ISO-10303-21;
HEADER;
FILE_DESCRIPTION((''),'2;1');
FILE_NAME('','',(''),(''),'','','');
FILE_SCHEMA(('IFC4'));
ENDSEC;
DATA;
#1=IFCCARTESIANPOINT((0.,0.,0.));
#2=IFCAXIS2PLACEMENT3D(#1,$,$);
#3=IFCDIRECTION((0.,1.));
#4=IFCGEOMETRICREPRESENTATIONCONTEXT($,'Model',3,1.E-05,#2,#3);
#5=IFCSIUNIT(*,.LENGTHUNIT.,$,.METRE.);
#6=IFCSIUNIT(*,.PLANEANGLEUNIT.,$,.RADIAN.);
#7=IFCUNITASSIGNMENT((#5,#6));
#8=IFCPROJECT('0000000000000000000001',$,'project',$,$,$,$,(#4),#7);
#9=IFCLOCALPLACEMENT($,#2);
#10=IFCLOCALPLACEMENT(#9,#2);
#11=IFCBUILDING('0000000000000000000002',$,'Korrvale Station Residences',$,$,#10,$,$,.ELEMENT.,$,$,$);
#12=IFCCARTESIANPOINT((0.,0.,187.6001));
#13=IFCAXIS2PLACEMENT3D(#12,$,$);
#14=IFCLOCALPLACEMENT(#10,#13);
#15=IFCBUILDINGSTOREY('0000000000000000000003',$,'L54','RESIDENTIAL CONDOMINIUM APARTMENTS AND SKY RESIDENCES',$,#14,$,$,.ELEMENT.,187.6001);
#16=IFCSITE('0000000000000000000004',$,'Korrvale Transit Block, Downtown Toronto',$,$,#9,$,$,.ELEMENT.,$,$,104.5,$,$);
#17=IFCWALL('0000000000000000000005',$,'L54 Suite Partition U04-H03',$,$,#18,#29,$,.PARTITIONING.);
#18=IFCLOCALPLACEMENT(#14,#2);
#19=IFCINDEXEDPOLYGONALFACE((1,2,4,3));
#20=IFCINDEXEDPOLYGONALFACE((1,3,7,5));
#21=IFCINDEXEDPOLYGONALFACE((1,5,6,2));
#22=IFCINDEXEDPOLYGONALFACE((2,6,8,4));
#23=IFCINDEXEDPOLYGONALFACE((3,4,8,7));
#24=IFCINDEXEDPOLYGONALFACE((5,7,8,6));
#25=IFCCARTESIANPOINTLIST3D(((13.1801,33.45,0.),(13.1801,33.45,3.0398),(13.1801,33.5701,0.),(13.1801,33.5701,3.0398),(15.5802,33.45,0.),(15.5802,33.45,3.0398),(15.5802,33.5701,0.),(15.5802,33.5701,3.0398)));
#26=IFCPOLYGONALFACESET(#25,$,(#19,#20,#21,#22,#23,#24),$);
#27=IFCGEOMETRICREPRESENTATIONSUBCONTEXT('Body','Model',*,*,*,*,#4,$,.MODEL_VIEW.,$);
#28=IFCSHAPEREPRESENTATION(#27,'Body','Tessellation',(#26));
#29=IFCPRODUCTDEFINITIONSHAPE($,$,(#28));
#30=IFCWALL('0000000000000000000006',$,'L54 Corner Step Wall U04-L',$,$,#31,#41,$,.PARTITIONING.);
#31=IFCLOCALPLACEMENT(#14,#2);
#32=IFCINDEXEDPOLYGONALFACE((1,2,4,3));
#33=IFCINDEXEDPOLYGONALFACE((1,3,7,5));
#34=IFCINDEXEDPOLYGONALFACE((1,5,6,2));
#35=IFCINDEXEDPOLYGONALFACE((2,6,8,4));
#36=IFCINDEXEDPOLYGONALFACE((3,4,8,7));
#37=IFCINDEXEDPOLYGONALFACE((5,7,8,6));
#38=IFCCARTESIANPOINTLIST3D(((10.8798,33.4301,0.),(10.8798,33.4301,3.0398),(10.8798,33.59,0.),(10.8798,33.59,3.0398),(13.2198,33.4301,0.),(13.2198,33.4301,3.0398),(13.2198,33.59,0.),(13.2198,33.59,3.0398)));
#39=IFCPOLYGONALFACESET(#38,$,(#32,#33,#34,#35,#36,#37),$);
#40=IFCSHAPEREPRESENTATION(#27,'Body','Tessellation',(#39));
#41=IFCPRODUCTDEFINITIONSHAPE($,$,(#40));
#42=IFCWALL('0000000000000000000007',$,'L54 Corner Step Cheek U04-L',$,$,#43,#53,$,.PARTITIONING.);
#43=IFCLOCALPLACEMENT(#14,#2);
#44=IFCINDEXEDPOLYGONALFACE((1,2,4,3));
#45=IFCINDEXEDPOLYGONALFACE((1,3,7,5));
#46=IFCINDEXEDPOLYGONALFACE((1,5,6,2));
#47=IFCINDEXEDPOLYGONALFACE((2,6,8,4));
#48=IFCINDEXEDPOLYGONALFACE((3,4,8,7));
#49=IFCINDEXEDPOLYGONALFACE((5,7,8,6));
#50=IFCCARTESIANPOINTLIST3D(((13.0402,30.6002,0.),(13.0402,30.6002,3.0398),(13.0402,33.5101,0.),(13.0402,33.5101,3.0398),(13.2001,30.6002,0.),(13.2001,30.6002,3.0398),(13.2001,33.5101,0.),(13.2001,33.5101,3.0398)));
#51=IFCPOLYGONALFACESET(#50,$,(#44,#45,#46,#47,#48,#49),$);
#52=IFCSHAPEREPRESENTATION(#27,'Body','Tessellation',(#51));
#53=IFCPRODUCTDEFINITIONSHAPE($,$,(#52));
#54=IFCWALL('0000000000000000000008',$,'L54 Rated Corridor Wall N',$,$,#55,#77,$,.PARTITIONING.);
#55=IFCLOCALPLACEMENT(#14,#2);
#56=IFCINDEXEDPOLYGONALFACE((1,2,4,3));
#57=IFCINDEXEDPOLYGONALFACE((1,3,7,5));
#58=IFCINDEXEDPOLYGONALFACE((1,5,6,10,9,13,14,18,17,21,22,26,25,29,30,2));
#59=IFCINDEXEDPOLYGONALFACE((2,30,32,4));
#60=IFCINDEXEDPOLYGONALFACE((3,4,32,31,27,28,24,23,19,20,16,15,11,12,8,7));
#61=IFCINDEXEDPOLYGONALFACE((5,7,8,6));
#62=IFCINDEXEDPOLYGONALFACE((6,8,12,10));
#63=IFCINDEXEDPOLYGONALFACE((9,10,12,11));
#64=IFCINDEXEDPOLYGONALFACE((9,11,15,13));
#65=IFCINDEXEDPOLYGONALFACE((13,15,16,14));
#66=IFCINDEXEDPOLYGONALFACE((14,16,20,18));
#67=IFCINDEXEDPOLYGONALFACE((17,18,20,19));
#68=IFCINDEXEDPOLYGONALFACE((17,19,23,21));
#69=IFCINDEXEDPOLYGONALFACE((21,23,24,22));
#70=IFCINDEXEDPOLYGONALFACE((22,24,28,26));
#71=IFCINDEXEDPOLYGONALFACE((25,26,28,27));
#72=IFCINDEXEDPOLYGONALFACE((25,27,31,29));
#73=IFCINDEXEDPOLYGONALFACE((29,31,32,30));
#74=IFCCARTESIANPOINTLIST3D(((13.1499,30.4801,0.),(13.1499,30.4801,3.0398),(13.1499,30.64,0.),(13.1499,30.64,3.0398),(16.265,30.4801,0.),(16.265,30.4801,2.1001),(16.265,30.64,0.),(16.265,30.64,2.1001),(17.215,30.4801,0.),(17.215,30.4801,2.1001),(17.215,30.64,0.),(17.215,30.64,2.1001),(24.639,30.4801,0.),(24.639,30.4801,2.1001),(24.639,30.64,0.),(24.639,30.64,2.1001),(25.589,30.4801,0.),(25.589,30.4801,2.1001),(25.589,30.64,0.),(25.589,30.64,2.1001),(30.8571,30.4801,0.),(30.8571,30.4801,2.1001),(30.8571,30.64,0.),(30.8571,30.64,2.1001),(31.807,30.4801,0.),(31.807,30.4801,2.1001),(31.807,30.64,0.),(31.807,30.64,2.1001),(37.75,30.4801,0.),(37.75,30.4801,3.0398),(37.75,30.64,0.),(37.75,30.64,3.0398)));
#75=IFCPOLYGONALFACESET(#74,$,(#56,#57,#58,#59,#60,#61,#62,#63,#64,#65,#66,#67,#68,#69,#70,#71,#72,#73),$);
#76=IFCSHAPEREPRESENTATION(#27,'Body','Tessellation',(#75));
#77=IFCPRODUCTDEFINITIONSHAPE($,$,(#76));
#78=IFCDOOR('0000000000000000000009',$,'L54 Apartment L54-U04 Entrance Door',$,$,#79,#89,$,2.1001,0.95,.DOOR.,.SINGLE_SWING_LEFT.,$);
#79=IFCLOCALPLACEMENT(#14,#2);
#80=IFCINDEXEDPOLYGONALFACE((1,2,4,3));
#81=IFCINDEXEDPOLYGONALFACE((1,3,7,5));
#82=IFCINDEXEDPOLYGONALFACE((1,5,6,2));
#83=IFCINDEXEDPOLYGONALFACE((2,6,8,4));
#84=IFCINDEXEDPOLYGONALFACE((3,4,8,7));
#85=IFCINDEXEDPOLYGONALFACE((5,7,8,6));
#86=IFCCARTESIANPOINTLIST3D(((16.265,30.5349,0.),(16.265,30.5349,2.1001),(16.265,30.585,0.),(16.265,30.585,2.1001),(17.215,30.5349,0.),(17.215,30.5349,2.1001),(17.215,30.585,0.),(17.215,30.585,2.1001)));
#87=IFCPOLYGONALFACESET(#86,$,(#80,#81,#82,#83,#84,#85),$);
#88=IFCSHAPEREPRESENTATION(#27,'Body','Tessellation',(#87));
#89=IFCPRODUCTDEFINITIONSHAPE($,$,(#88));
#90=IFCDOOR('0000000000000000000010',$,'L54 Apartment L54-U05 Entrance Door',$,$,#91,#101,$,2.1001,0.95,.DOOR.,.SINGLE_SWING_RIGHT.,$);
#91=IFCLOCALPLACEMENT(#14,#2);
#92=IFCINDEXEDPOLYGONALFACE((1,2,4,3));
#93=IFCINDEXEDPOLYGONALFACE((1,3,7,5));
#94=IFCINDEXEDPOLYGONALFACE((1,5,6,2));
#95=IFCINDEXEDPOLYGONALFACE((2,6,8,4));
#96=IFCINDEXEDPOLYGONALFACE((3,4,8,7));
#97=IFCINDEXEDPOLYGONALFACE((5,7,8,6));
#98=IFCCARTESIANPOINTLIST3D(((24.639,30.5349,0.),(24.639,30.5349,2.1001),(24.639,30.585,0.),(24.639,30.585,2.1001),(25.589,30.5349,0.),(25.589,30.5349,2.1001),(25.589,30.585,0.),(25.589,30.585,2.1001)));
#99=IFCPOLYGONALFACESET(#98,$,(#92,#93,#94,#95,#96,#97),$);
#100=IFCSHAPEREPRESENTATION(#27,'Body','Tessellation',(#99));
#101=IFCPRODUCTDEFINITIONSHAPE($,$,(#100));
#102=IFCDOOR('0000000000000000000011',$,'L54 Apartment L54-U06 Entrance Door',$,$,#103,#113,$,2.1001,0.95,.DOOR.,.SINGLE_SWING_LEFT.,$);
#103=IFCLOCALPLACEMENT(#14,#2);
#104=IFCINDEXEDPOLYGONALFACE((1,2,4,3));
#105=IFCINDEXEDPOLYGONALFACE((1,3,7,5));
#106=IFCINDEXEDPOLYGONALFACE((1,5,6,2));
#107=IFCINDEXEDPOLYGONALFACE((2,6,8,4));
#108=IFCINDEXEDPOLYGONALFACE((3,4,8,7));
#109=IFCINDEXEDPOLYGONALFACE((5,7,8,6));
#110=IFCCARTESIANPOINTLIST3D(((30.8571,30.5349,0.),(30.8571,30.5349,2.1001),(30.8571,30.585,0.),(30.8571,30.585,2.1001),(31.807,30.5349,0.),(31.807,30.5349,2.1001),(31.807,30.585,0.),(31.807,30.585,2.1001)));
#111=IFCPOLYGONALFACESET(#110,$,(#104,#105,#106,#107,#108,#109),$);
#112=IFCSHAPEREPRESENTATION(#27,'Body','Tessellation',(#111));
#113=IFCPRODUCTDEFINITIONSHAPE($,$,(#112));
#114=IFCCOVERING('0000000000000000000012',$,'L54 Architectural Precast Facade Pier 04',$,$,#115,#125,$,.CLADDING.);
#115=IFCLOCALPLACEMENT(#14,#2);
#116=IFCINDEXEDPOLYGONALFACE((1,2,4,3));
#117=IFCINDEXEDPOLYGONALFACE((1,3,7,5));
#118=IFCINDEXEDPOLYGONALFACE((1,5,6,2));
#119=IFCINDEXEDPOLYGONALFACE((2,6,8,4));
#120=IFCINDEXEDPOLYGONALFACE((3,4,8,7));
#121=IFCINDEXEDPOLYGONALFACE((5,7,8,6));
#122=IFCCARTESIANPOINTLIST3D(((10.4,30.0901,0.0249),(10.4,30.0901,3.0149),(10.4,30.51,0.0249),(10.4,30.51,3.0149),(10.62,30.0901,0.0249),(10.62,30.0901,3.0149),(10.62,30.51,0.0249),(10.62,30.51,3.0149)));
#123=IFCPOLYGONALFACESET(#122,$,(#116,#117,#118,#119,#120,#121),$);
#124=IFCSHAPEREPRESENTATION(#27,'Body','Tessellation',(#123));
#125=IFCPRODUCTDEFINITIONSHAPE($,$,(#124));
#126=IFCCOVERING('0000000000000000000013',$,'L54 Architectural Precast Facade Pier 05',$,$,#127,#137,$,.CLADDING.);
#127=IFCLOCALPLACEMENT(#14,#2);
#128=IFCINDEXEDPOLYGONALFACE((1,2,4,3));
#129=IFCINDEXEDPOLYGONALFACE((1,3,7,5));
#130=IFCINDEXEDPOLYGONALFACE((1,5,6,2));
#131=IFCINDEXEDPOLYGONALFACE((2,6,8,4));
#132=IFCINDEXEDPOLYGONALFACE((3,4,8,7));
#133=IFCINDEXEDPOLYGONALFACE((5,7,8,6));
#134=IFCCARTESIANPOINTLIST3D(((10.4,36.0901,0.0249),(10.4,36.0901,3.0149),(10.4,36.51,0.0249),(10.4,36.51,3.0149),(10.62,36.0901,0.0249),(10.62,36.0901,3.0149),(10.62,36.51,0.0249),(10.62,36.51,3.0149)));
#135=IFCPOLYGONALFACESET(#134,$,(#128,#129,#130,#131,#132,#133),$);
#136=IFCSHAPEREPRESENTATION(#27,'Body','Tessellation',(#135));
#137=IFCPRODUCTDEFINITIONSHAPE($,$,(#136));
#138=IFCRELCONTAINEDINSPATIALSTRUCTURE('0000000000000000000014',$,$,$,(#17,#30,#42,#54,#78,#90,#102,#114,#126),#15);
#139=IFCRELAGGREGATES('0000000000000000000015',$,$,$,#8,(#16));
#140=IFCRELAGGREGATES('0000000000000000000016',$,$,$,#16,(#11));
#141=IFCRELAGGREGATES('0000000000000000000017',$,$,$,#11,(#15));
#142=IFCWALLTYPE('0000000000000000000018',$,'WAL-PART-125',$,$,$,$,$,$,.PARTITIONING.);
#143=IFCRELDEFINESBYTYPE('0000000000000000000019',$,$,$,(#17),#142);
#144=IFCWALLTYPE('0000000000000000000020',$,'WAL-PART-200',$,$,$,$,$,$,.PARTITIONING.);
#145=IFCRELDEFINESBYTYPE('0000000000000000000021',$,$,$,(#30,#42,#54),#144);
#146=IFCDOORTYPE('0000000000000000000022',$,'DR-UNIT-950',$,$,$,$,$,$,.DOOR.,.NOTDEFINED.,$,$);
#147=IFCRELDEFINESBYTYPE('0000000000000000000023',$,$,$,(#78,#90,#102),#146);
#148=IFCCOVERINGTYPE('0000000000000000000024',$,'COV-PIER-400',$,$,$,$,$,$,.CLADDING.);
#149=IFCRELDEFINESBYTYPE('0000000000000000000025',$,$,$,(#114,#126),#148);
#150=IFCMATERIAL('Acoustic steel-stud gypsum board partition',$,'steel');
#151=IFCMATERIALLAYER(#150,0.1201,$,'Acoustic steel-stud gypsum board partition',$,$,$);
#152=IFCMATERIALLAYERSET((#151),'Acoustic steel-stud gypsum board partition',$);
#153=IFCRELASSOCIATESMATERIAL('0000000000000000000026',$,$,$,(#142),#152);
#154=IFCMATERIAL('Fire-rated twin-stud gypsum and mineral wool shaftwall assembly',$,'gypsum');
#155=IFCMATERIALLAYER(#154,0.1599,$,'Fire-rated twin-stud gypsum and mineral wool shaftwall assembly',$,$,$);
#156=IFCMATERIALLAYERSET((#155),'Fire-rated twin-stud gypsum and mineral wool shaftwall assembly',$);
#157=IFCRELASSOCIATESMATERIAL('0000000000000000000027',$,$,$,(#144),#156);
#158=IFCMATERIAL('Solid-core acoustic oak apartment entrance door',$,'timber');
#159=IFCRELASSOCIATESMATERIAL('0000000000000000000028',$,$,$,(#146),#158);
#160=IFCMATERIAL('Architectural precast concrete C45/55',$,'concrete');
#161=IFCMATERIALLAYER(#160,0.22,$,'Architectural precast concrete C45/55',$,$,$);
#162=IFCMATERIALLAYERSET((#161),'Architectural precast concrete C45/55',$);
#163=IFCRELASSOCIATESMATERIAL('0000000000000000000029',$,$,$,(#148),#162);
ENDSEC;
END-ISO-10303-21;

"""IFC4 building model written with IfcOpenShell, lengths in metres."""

from ifc_helpers import new_model, si_unit, direction, frame, frame_2d, origin, origin_2d, place, context, subcontext, project, spatial, rectangle, extrude, material, layer, layer_set, type_object, element, fill, save


model = new_model("IFC4")

# Units and contexts
model_context = context("Model", 3, precision=1e-05, world=origin(), true_north=direction((0.0, 1.0)))
body_context = subcontext(model_context, "Body", "Model", "MODEL_VIEW")
ifc_project = project(units=[si_unit("LENGTHUNIT", "METRE"), si_unit("PLANEANGLEUNIT", "RADIAN")], contexts=[model_context])

# Site, building, storey
site_placement = place(None, origin())
site = spatial("IfcSite", under=ifc_project, at=site_placement, Name="Korrvale Transit Block, Downtown Toronto", CompositionType="ELEMENT", RefElevation=104.5)
building_placement = place(site_placement, origin())
building = spatial("IfcBuilding", under=site, at=building_placement, Name="Korrvale Station Residences", CompositionType="ELEMENT")
storey_placement = place(building_placement, frame((0.0, 0.0, 187.6001)))
storey = spatial("IfcBuildingStorey", under=building, at=storey_placement, Name="L54", Description="RESIDENTIAL CONDOMINIUM APARTMENTS AND SKY RESIDENCES", CompositionType="ELEMENT", Elevation=187.6001)

# Walls
ifc_material_1 = material(Name="Acoustic steel-stud gypsum board partition", Category="steel")
ifc_layer_1 = layer(ifc_material_1, 0.1201, Name="Acoustic steel-stud gypsum board partition")
ifc_layer_set_1 = layer_set([ifc_layer_1], Name="Acoustic steel-stud gypsum board partition")
wall_type_1 = type_object("IfcWallType", Name="WAL-PART-125", PredefinedType="PARTITIONING", material=ifc_layer_set_1)
wall_1_placement = place(storey_placement, frame((13.1799, 33.51, 0.0), z_axis=(0.0, 0.0, 1.0), x_axis=(1.0, 0.0, 0.0)))
element("IfcWall", 1, at=wall_1_placement, inside=storey, type_object=wall_type_1, Name="L54 Suite Partition U04-H03", PredefinedType="PARTITIONING", context=body_context, shape_type="SweptSolid", body=[
    extrude(rectangle(XDim=2.4001, YDim=0.1201, at=frame_2d((1.2002, 0.0))), origin(), (0.0, 0.0, 1.0), 3.0398),
])
ifc_material_2 = material(Name="Fire-rated twin-stud gypsum and mineral wool shaftwall assembly", Category="gypsum")
ifc_layer_2 = layer(ifc_material_2, 0.1599, Name="Fire-rated twin-stud gypsum and mineral wool shaftwall assembly")
ifc_layer_set_2 = layer_set([ifc_layer_2], Name="Fire-rated twin-stud gypsum and mineral wool shaftwall assembly")
wall_type_2 = type_object("IfcWallType", Name="WAL-PART-200", PredefinedType="PARTITIONING", material=ifc_layer_set_2)
wall_2_placement = place(storey_placement, frame((10.8799, 33.51, 0.0), z_axis=(0.0, 0.0, 1.0), x_axis=(1.0, 0.0, 0.0)))
element("IfcWall", 2, at=wall_2_placement, inside=storey, type_object=wall_type_2, Name="L54 Corner Step Wall U04-L", PredefinedType="PARTITIONING", context=body_context, shape_type="SweptSolid", body=[
    extrude(rectangle(XDim=2.3401, YDim=0.1599, at=frame_2d((1.1699, 0.0))), origin(), (0.0, 0.0, 1.0), 3.0398),
])
wall_3_placement = place(storey_placement, frame((13.1201, 30.6001, 0.0), z_axis=(0.0, 0.0, 1.0), x_axis=(0.0, 1.0, 0.0)))
element("IfcWall", 3, at=wall_3_placement, inside=storey, type_object=wall_type_2, Name="L54 Corner Step Cheek U04-L", PredefinedType="PARTITIONING", context=body_context, shape_type="SweptSolid", body=[
    extrude(rectangle(XDim=2.9099, YDim=0.1599, at=frame_2d((1.4551, 0.0))), origin(), (0.0, 0.0, 1.0), 3.0398),
])

# Wall, openings, doors
wall_4_placement = place(storey_placement, frame((13.1499, 30.5601, 0.0), z_axis=(0.0, 0.0, 1.0), x_axis=(1.0, 0.0, 0.0)))
wall_4 = element("IfcWall", 4, at=wall_4_placement, inside=storey, type_object=wall_type_2, Name="L54 Rated Corridor Wall N", PredefinedType="PARTITIONING", context=body_context, shape_type="SweptSolid", body=[
    extrude(rectangle(XDim=24.6001, YDim=0.1599, at=frame_2d((12.3, 0.0))), origin(), (0.0, 0.0, 1.0), 3.0398),
])
opening_1_placement = place(wall_4_placement, frame((3.115, 0.0, 0.0)))
opening_1 = element("IfcOpeningElement", 5, at=opening_1_placement, cuts=wall_4, PredefinedType="OPENING", context=body_context, shape_type="SweptSolid", body=[
    extrude(rectangle(XDim=0.95, YDim=2.1001, at=frame_2d((0.4751, 1.05))), frame((0.0, 0.0898, 0.0), z_axis=(0.0, -1.0, 0.0), x_axis=(1.0, 0.0, 0.0)), (0.0, 0.0, 1.0), 0.1799),
])
opening_2_placement = place(wall_4_placement, frame((11.489, 0.0, 0.0)))
opening_2 = element("IfcOpeningElement", 6, at=opening_2_placement, cuts=wall_4, PredefinedType="OPENING", context=body_context, shape_type="SweptSolid", body=[
    extrude(rectangle(XDim=0.95, YDim=2.1001, at=frame_2d((0.4751, 1.05))), frame((0.0, 0.0898, 0.0), z_axis=(0.0, -1.0, 0.0), x_axis=(1.0, 0.0, 0.0)), (0.0, 0.0, 1.0), 0.1799),
])
opening_3_placement = place(wall_4_placement, frame((17.707, 0.0, 0.0)))
opening_3 = element("IfcOpeningElement", 7, at=opening_3_placement, cuts=wall_4, PredefinedType="OPENING", context=body_context, shape_type="SweptSolid", body=[
    extrude(rectangle(XDim=0.95, YDim=2.1001, at=frame_2d((0.4751, 1.05))), frame((0.0, 0.0898, 0.0), z_axis=(0.0, -1.0, 0.0), x_axis=(1.0, 0.0, 0.0)), (0.0, 0.0, 1.0), 0.1799),
])
ifc_material_3 = material(Name="Solid-core acoustic oak apartment entrance door", Category="timber")
door_type = type_object("IfcDoorType", Name="DR-UNIT-950", OperationType="NOTDEFINED", PredefinedType="DOOR", material=ifc_material_3)
door_1_placement = place(opening_1_placement, origin())
door_1 = element("IfcDoor", 8, at=door_1_placement, inside=storey, type_object=door_type, Name="L54 Apartment L54-U04 Entrance Door", OperationType="SINGLE_SWING_LEFT", OverallHeight=2.1001, OverallWidth=0.95, PredefinedType="DOOR", context=body_context, shape_type="SweptSolid", body=[
    extrude(rectangle(XDim=0.95, YDim=2.1001, at=frame_2d((0.4751, 1.05))), frame((0.0, 0.0249, 0.0), z_axis=(0.0, -1.0, 0.0), x_axis=(1.0, 0.0, 0.0)), (0.0, 0.0, 1.0), 0.05),
])
fill(opening_1, door_1)
door_2_placement = place(opening_2_placement, origin())
door_2 = element("IfcDoor", 9, at=door_2_placement, inside=storey, type_object=door_type, Name="L54 Apartment L54-U05 Entrance Door", OperationType="SINGLE_SWING_RIGHT", OverallHeight=2.1001, OverallWidth=0.95, PredefinedType="DOOR", context=body_context, shape_type="SweptSolid", body=[
    extrude(rectangle(XDim=0.95, YDim=2.1001, at=frame_2d((0.4751, 1.05))), frame((0.0, 0.0249, 0.0), z_axis=(0.0, -1.0, 0.0), x_axis=(1.0, 0.0, 0.0)), (0.0, 0.0, 1.0), 0.05),
])
fill(opening_2, door_2)
door_3_placement = place(opening_3_placement, origin())
door_3 = element("IfcDoor", 10, at=door_3_placement, inside=storey, type_object=door_type, Name="L54 Apartment L54-U06 Entrance Door", OperationType="SINGLE_SWING_LEFT", OverallHeight=2.1001, OverallWidth=0.95, PredefinedType="DOOR", context=body_context, shape_type="SweptSolid", body=[
    extrude(rectangle(XDim=0.95, YDim=2.1001, at=frame_2d((0.4751, 1.05))), frame((0.0, 0.0249, 0.0), z_axis=(0.0, -1.0, 0.0), x_axis=(1.0, 0.0, 0.0)), (0.0, 0.0, 1.0), 0.05),
])
fill(opening_3, door_3)

# Coverings
ifc_material_4 = material(Name="Architectural precast concrete C45/55", Category="concrete")
ifc_layer_3 = layer(ifc_material_4, 0.22, Name="Architectural precast concrete C45/55")
ifc_layer_set_3 = layer_set([ifc_layer_3], Name="Architectural precast concrete C45/55")
covering_type = type_object("IfcCoveringType", Name="COV-PIER-400", PredefinedType="CLADDING", material=ifc_layer_set_3)
for number, where, z_axis, x_axis, name in (
    (11, (10.51, 30.3, 0.0249), (0.0, 0.0, 1.0), (0.0, 1.0, 0.0), "L54 Architectural Precast Facade Pier 04"),
    (12, (10.51, 36.3, 0.0249), (0.0, 0.0, 1.0), (0.0, 1.0, 0.0), "L54 Architectural Precast Facade Pier 05"),
):
    element("IfcCovering", number, at=place(storey_placement, frame(where, z_axis=z_axis, x_axis=x_axis)), inside=storey, type_object=covering_type, Name=name, PredefinedType="CLADDING", context=body_context, shape_type="SweptSolid", body=[
        extrude(rectangle(XDim=0.4199, YDim=0.22, at=origin_2d()), origin(), (0.0, 0.0, 1.0), 2.99),
    ])

save(model, "model.ifc")
